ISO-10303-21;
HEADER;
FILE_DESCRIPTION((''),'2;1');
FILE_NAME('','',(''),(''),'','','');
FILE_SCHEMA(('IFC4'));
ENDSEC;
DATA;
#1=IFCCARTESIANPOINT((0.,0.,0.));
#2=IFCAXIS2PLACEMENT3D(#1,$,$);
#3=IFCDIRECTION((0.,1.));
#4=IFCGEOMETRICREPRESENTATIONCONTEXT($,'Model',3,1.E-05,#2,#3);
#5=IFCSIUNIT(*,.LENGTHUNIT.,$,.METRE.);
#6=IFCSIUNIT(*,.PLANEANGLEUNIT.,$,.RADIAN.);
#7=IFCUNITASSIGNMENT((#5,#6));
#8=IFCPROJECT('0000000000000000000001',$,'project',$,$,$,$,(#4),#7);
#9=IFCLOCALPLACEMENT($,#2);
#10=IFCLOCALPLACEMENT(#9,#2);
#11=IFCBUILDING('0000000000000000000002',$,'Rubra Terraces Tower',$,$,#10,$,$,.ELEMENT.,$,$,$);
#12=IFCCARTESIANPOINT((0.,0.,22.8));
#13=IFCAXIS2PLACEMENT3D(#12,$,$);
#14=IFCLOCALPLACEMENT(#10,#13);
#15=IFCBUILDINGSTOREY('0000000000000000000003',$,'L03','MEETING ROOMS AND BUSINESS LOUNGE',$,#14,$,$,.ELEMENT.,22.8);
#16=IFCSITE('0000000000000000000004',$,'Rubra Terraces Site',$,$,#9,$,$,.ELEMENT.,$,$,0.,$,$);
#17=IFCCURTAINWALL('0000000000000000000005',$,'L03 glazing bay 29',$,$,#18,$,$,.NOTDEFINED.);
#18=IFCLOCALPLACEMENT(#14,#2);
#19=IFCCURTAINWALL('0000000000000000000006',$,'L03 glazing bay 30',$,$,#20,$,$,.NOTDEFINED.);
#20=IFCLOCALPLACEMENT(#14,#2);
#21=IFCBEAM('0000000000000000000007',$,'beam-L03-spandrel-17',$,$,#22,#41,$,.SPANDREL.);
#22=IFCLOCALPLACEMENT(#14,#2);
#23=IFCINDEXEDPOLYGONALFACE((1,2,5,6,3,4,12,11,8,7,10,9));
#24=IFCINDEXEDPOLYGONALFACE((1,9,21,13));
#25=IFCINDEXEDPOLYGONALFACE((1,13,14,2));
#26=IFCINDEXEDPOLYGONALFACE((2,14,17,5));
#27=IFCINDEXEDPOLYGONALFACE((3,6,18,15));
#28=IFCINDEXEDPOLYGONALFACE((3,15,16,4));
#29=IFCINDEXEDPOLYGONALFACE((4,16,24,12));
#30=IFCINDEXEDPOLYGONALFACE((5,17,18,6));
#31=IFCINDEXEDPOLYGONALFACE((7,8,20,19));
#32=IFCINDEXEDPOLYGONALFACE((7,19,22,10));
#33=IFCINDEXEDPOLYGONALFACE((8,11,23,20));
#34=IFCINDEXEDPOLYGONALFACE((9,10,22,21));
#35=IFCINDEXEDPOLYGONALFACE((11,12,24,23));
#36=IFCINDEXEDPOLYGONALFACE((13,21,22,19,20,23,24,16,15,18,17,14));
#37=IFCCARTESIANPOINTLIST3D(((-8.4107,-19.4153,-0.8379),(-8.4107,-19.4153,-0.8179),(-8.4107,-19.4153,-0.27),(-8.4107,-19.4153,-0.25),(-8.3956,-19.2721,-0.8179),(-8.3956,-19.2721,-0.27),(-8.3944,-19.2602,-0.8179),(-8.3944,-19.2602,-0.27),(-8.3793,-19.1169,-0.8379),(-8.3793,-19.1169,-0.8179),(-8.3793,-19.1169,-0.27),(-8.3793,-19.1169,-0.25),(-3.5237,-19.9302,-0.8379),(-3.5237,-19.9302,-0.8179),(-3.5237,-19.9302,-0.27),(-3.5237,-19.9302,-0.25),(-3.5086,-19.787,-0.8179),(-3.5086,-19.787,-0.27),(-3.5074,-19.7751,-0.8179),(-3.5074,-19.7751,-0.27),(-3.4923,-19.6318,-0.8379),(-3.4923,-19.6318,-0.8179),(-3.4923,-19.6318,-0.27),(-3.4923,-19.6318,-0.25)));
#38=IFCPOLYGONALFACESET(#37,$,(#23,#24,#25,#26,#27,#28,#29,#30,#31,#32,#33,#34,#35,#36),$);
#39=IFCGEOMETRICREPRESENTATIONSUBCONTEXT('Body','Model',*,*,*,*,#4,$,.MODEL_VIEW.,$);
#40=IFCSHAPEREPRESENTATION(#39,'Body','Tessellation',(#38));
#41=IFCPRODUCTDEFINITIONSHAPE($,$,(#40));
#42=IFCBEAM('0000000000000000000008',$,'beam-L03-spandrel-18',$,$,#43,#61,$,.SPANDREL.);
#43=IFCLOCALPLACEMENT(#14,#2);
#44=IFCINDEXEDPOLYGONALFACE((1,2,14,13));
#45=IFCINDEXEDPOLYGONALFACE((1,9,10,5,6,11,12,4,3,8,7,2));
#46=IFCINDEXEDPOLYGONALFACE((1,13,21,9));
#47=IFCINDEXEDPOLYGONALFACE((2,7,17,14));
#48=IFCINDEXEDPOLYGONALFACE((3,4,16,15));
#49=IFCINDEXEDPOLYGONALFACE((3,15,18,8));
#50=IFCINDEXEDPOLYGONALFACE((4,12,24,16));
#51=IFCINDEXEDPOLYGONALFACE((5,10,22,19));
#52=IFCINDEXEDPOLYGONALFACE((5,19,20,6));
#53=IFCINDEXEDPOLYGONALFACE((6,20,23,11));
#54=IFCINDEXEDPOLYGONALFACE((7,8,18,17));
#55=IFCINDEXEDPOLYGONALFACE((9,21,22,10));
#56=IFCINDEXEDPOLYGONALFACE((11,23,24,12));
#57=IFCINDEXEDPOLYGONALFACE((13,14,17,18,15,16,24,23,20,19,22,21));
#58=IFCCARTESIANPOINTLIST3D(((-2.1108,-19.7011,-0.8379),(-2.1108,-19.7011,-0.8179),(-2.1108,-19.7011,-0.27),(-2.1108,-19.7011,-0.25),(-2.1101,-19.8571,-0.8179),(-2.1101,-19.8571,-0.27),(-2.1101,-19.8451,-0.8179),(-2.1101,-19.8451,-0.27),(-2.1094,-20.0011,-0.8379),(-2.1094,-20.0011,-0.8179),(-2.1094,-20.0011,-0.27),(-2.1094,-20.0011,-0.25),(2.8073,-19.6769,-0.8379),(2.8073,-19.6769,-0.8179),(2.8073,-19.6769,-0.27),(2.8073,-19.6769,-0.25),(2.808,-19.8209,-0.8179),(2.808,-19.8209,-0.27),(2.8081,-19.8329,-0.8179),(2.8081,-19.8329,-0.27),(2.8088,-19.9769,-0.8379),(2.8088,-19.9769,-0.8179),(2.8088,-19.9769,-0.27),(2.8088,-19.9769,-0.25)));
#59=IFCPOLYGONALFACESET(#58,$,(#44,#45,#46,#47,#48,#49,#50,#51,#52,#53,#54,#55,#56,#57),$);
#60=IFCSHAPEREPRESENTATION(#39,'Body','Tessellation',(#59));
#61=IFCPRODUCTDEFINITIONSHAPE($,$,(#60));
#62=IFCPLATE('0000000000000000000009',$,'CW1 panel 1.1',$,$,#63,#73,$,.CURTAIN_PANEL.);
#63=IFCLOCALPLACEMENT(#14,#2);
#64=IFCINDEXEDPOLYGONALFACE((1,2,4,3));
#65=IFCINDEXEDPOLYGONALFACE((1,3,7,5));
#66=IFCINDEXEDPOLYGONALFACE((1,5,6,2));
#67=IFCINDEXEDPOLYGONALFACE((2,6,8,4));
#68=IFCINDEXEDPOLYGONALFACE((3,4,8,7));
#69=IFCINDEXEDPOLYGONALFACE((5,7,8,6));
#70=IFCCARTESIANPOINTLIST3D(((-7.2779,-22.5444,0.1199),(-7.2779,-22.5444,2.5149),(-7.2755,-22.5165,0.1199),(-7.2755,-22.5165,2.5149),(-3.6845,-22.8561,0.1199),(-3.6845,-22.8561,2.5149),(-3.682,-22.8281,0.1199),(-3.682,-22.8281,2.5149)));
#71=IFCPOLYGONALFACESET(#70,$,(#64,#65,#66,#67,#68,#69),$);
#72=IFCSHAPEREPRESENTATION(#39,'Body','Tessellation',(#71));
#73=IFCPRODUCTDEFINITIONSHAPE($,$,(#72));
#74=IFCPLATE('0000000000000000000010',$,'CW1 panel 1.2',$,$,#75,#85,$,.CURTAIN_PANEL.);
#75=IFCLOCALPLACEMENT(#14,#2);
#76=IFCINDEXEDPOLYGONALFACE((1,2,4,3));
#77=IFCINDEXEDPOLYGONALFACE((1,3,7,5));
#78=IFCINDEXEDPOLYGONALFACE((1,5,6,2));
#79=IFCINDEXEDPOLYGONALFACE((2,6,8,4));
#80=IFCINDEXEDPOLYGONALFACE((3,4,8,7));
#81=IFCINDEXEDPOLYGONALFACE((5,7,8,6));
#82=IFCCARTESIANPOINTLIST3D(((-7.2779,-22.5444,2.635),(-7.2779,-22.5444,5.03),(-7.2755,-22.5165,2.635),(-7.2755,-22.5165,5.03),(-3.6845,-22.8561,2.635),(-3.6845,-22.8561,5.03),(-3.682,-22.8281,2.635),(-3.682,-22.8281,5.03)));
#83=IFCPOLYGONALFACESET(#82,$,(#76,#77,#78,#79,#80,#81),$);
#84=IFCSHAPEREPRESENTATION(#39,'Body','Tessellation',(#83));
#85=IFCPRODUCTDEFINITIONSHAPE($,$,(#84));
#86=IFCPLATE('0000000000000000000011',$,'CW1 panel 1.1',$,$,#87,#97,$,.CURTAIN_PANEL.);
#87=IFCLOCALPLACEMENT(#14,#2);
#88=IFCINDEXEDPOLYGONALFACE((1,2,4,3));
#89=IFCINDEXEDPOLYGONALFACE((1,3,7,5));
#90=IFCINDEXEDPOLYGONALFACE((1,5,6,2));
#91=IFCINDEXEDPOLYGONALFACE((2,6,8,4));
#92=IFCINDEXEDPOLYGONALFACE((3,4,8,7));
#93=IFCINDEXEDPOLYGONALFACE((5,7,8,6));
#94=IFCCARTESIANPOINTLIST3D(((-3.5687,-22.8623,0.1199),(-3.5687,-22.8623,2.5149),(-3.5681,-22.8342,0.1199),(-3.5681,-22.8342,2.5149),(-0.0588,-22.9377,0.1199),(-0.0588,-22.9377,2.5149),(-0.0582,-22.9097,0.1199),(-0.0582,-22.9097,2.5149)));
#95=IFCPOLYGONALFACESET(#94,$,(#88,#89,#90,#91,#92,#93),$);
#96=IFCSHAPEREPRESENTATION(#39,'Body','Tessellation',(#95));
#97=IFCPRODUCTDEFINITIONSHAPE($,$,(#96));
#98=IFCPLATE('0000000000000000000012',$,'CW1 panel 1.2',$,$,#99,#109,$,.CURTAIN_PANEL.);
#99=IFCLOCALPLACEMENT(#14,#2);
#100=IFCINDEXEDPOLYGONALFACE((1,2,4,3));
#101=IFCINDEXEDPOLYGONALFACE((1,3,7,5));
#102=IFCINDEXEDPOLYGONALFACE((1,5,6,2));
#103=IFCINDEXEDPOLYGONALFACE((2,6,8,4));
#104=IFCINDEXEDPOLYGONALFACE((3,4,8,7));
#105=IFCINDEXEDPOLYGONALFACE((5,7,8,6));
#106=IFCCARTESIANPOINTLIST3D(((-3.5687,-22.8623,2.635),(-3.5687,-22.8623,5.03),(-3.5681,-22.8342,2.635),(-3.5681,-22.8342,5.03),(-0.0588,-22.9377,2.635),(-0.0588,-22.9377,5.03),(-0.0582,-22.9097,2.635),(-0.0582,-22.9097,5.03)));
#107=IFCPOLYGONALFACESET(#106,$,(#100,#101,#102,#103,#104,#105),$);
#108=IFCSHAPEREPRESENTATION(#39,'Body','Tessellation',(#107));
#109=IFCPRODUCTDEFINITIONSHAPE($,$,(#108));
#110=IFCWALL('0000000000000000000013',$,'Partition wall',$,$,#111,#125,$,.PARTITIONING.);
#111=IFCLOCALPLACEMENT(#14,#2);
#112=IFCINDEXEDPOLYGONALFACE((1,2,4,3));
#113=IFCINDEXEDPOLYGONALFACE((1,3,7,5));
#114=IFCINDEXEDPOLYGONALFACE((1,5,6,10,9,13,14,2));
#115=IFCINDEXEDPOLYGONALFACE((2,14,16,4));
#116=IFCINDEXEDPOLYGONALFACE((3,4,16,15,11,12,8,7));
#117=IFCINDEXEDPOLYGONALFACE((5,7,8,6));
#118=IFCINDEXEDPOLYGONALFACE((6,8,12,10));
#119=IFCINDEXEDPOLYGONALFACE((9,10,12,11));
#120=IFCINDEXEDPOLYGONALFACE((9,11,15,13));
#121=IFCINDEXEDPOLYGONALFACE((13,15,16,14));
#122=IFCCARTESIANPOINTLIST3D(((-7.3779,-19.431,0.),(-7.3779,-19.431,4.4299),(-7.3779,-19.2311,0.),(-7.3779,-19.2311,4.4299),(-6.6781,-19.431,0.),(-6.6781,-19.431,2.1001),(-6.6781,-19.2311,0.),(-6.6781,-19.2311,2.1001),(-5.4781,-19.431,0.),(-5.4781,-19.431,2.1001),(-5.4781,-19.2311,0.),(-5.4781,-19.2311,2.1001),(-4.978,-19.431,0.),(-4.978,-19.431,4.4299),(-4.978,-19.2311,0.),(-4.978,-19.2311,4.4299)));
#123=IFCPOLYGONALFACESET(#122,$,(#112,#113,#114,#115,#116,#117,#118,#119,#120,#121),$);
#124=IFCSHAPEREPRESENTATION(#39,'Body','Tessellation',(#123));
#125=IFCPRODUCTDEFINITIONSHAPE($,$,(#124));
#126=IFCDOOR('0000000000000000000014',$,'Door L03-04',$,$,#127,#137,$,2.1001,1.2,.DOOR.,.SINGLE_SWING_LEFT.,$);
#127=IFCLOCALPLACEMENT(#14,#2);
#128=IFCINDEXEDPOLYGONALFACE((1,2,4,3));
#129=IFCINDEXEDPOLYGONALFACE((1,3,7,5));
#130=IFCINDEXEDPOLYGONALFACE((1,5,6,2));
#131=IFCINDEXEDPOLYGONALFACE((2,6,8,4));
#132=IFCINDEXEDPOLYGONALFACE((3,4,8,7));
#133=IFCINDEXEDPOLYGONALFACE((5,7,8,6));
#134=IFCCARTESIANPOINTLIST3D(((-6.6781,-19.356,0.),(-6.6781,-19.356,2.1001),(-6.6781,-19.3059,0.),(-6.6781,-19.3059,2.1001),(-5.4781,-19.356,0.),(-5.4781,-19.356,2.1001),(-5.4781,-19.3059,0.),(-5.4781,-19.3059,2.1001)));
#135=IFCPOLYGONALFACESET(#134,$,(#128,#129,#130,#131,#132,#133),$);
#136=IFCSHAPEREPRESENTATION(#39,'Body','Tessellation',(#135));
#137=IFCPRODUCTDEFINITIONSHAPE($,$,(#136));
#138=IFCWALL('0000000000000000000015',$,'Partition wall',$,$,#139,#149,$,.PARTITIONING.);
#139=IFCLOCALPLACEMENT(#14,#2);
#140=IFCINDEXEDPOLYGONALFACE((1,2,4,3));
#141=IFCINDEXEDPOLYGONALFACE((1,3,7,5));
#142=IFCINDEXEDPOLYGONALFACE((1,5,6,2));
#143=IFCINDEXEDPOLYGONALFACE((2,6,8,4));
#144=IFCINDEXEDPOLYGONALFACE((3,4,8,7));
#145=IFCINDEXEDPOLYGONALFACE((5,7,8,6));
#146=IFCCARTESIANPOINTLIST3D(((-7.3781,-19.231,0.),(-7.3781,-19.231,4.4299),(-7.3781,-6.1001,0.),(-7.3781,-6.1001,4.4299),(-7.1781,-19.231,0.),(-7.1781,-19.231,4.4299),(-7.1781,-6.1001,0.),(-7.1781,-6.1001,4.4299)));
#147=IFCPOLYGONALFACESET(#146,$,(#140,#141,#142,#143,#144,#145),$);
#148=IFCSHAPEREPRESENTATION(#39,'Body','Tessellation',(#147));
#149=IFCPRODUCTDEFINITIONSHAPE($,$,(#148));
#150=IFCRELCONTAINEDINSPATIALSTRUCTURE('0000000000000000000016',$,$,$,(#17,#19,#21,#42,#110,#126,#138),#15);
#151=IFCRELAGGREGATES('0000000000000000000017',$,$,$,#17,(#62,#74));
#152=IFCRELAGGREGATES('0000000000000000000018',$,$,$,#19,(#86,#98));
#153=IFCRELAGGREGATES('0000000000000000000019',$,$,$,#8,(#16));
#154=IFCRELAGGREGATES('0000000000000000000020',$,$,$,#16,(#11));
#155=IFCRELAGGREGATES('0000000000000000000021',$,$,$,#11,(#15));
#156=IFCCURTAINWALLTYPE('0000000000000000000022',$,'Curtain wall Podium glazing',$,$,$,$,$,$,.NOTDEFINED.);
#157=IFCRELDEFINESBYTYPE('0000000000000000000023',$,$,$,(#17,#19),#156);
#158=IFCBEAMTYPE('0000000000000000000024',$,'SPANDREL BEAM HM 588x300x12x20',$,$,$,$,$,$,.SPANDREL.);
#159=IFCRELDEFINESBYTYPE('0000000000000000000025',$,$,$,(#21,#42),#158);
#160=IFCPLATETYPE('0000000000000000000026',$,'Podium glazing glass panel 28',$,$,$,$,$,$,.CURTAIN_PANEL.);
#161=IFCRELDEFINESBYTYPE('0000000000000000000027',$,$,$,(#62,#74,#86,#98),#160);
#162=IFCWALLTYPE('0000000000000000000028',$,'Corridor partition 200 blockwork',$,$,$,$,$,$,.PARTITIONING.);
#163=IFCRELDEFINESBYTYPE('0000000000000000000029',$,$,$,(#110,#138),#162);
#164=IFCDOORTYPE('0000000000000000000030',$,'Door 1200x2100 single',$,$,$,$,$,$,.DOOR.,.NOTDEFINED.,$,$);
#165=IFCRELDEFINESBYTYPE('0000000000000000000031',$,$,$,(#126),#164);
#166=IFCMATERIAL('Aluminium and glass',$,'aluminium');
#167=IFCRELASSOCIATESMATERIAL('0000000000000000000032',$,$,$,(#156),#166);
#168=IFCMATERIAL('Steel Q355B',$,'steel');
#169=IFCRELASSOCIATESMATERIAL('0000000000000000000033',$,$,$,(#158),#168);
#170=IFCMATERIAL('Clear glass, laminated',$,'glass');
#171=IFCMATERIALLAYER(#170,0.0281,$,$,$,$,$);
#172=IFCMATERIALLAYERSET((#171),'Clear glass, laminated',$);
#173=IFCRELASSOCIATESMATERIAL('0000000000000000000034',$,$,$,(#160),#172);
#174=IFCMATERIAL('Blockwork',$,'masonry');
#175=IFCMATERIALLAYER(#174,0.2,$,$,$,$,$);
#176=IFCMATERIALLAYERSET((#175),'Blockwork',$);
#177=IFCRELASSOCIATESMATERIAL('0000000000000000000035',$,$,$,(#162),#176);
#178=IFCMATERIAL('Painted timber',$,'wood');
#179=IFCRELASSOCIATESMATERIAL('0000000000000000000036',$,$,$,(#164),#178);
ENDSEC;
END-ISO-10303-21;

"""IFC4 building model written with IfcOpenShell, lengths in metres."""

from ifc_helpers import new_model, si_unit, direction, frame, frame_2d, origin, origin_2d, place, context, subcontext, project, spatial, rectangle, i_section, extrude, material, layer, layer_set, material_profile, profile_set, type_object, element, fill, aggregate, save


model = new_model("IFC4")

# Units and contexts
model_context = context("Model", 3, precision=1e-05, world=origin(), true_north=direction((0.0, 1.0)))
body_context = subcontext(model_context, "Body", "Model", "MODEL_VIEW")
ifc_project = project(units=[si_unit("LENGTHUNIT", "METRE"), si_unit("PLANEANGLEUNIT", "RADIAN")], contexts=[model_context])

# Site, building, storey
site_placement = place(None, origin())
site = spatial("IfcSite", under=ifc_project, at=site_placement, Name="Rubra Terraces Site", CompositionType="ELEMENT", RefElevation=0.0)
building_placement = place(site_placement, origin())
building = spatial("IfcBuilding", under=site, at=building_placement, Name="Rubra Terraces Tower", CompositionType="ELEMENT")
storey_placement = place(building_placement, frame((0.0, 0.0, 22.8)))
storey = spatial("IfcBuildingStorey", under=building, at=storey_placement, Name="L03", Description="MEETING ROOMS AND BUSINESS LOUNGE", CompositionType="ELEMENT", Elevation=22.8)

# Shared definitions
ifc_material_1 = material(Name="Steel Q355B", Category="steel")

# Curtain walls
ifc_material_2 = material(Name="Aluminium and glass", Category="aluminium")
curtain_wall_type = type_object("IfcCurtainWallType", Name="Curtain wall Podium glazing", PredefinedType="NOTDEFINED", material=ifc_material_2)
curtain_wall_1_placement = place(storey_placement, origin())
curtain_wall_1 = element("IfcCurtainWall", 1, at=curtain_wall_1_placement, inside=storey, type_object=curtain_wall_type, Name="L03 glazing bay 29", PredefinedType="NOTDEFINED")
curtain_wall_2_placement = place(storey_placement, origin())
curtain_wall_2 = element("IfcCurtainWall", 2, at=curtain_wall_2_placement, inside=storey, type_object=curtain_wall_type, Name="L03 glazing bay 30", PredefinedType="NOTDEFINED")

# Beams
ifc_material_profile_1 = material_profile(ifc_material_1, i_section(OverallWidth=0.3, OverallDepth=0.5879, WebThickness=0.012, FlangeThickness=0.02, at=origin_2d()), Name="HM 588x300x12x20")
ifc_profile_set_1 = profile_set([ifc_material_profile_1], Name="Steel Q355B")
beam_type_1 = type_object("IfcBeamType", Name="SPANDREL BEAM HM 588x300x12x20", PredefinedType="SPANDREL", material=ifc_profile_set_1)
beam_1_placement = place(storey_placement, frame((-8.395, -19.2661, -0.5439), z_axis=(0.994495, -0.10478, 0.0), x_axis=(0.10478, 0.994495, 0.0)))
element("IfcBeam", 3, at=beam_1_placement, inside=storey, type_object=beam_type_1, Name="beam-L03-spandrel-17", PredefinedType="SPANDREL", context=body_context, shape_type="SweptSolid", body=[
    extrude(i_section(OverallWidth=0.3, OverallDepth=0.5879, WebThickness=0.012, FlangeThickness=0.02, at=origin_2d()), origin(), (0.0, 0.0, 1.0), 4.9141),
])
beam_2_placement = place(storey_placement, frame((-2.1101, -19.8511, -0.5439), z_axis=(0.999988, 0.004914, 0.0), x_axis=(-0.004914, 0.999988, 0.0)))
element("IfcBeam", 4, at=beam_2_placement, inside=storey, type_object=beam_type_1, Name="beam-L03-spandrel-18", PredefinedType="SPANDREL", context=body_context, shape_type="SweptSolid", body=[
    extrude(i_section(OverallWidth=0.3, OverallDepth=0.5879, WebThickness=0.012, FlangeThickness=0.02, at=origin_2d()), origin(), (0.0, 0.0, 1.0), 4.9182),
])

# Plates
ifc_material_3 = material(Name="Clear glass, laminated", Category="glass")
ifc_layer_1 = layer(ifc_material_3, 0.0281)
ifc_layer_set_1 = layer_set([ifc_layer_1], Name="Clear glass, laminated")
plate_type = type_object("IfcPlateType", Name="Podium glazing glass panel 28", PredefinedType="CURTAIN_PANEL", material=ifc_layer_set_1)
plate_1_placement = place(storey_placement, frame((-5.48, -22.6863, 0.1199), z_axis=(0.0, 0.0, 1.0), x_axis=(0.996261, -0.086398, 0.0)))
plate_1 = element("IfcPlate", 5, at=plate_1_placement, type_object=plate_type, Name="CW1 panel 1.1", PredefinedType="CURTAIN_PANEL", context=body_context, shape_type="SweptSolid", body=[
    extrude(rectangle(XDim=3.6069, YDim=0.0281, at=origin_2d()), origin(), (0.0, 0.0, 1.0), 2.395),
])
plate_2_placement = place(storey_placement, frame((-5.48, -22.6863, 2.635), z_axis=(0.0, 0.0, 1.0), x_axis=(0.996261, -0.086398, 0.0)))
plate_2 = element("IfcPlate", 6, at=plate_2_placement, type_object=plate_type, Name="CW1 panel 1.2", PredefinedType="CURTAIN_PANEL", context=body_context, shape_type="SweptSolid", body=[
    extrude(rectangle(XDim=3.6069, YDim=0.0281, at=origin_2d()), origin(), (0.0, 0.0, 1.0), 2.395),
])
aggregate(curtain_wall_1, [plate_1, plate_2])
plate_3_placement = place(storey_placement, frame((-1.8135, -22.886, 0.1199), z_axis=(0.0, 0.0, 1.0), x_axis=(0.999769, -0.021483, 0.0)))
plate_3 = element("IfcPlate", 7, at=plate_3_placement, type_object=plate_type, Name="CW1 panel 1.1", PredefinedType="CURTAIN_PANEL", context=body_context, shape_type="SweptSolid", body=[
    extrude(rectangle(XDim=3.5107, YDim=0.0281, at=origin_2d()), origin(), (0.0, 0.0, 1.0), 2.395),
])
plate_4_placement = place(storey_placement, frame((-1.8135, -22.886, 2.635), z_axis=(0.0, 0.0, 1.0), x_axis=(0.999769, -0.021483, 0.0)))
plate_4 = element("IfcPlate", 8, at=plate_4_placement, type_object=plate_type, Name="CW1 panel 1.2", PredefinedType="CURTAIN_PANEL", context=body_context, shape_type="SweptSolid", body=[
    extrude(rectangle(XDim=3.5107, YDim=0.0281, at=origin_2d()), origin(), (0.0, 0.0, 1.0), 2.395),
])
aggregate(curtain_wall_2, [plate_3, plate_4])

# Wall, opening, door
ifc_material_4 = material(Name="Blockwork", Category="masonry")
ifc_layer_2 = layer(ifc_material_4, 0.2)
ifc_layer_set_2 = layer_set([ifc_layer_2], Name="Blockwork")
wall_type = type_object("IfcWallType", Name="Corridor partition 200 blockwork", PredefinedType="PARTITIONING", material=ifc_layer_set_2)
wall_1_placement = place(storey_placement, frame((-4.978, -19.3311, 0.0), z_axis=(0.0, 0.0, 1.0), x_axis=(-1.0, 0.0, 0.0)))
wall_1 = element("IfcWall", 9, at=wall_1_placement, inside=storey, type_object=wall_type, Name="Partition wall", PredefinedType="PARTITIONING", context=body_context, shape_type="SweptSolid", body=[
    extrude(rectangle(XDim=2.3999, YDim=0.2, at=frame_2d((1.2, 0.0))), origin(), (0.0, 0.0, 1.0), 4.4299),
])
opening_placement = place(wall_1_placement, frame((0.5, 0.0, 0.0)))
opening = element("IfcOpeningElement", 10, at=opening_placement, cuts=wall_1, PredefinedType="OPENING", context=body_context, shape_type="SweptSolid", body=[
    extrude(rectangle(XDim=1.2, YDim=2.1001, at=frame_2d((0.6001, 1.05))), frame((0.0, 0.1099, 0.0), z_axis=(0.0, -1.0, 0.0), x_axis=(1.0, 0.0, 0.0)), (0.0, 0.0, 1.0), 0.22),
])
ifc_material_5 = material(Name="Painted timber", Category="wood")
door_type = type_object("IfcDoorType", Name="Door 1200x2100 single", OperationType="NOTDEFINED", PredefinedType="DOOR", material=ifc_material_5)
door_placement = place(opening_placement, origin())
door = element("IfcDoor", 11, at=door_placement, inside=storey, type_object=door_type, Name="Door L03-04", OperationType="SINGLE_SWING_LEFT", OverallHeight=2.1001, OverallWidth=1.2, PredefinedType="DOOR", context=body_context, shape_type="SweptSolid", body=[
    extrude(rectangle(XDim=1.2, YDim=2.1001, at=frame_2d((0.6001, 1.05))), frame((0.0, 0.0249, 0.0), z_axis=(0.0, -1.0, 0.0), x_axis=(1.0, 0.0, 0.0)), (0.0, 0.0, 1.0), 0.05),
])
fill(opening, door)

# Wall
wall_2_placement = place(storey_placement, frame((-7.2781, -19.231, 0.0), z_axis=(0.0, 0.0, 1.0), x_axis=(0.0, 1.0, 0.0)))
element("IfcWall", 12, at=wall_2_placement, inside=storey, type_object=wall_type, Name="Partition wall", PredefinedType="PARTITIONING", context=body_context, shape_type="SweptSolid", body=[
    extrude(rectangle(XDim=13.1309, YDim=0.2, at=frame_2d((6.5654, 0.0))), origin(), (0.0, 0.0, 1.0), 4.4299),
])

save(model, "model.ifc")
